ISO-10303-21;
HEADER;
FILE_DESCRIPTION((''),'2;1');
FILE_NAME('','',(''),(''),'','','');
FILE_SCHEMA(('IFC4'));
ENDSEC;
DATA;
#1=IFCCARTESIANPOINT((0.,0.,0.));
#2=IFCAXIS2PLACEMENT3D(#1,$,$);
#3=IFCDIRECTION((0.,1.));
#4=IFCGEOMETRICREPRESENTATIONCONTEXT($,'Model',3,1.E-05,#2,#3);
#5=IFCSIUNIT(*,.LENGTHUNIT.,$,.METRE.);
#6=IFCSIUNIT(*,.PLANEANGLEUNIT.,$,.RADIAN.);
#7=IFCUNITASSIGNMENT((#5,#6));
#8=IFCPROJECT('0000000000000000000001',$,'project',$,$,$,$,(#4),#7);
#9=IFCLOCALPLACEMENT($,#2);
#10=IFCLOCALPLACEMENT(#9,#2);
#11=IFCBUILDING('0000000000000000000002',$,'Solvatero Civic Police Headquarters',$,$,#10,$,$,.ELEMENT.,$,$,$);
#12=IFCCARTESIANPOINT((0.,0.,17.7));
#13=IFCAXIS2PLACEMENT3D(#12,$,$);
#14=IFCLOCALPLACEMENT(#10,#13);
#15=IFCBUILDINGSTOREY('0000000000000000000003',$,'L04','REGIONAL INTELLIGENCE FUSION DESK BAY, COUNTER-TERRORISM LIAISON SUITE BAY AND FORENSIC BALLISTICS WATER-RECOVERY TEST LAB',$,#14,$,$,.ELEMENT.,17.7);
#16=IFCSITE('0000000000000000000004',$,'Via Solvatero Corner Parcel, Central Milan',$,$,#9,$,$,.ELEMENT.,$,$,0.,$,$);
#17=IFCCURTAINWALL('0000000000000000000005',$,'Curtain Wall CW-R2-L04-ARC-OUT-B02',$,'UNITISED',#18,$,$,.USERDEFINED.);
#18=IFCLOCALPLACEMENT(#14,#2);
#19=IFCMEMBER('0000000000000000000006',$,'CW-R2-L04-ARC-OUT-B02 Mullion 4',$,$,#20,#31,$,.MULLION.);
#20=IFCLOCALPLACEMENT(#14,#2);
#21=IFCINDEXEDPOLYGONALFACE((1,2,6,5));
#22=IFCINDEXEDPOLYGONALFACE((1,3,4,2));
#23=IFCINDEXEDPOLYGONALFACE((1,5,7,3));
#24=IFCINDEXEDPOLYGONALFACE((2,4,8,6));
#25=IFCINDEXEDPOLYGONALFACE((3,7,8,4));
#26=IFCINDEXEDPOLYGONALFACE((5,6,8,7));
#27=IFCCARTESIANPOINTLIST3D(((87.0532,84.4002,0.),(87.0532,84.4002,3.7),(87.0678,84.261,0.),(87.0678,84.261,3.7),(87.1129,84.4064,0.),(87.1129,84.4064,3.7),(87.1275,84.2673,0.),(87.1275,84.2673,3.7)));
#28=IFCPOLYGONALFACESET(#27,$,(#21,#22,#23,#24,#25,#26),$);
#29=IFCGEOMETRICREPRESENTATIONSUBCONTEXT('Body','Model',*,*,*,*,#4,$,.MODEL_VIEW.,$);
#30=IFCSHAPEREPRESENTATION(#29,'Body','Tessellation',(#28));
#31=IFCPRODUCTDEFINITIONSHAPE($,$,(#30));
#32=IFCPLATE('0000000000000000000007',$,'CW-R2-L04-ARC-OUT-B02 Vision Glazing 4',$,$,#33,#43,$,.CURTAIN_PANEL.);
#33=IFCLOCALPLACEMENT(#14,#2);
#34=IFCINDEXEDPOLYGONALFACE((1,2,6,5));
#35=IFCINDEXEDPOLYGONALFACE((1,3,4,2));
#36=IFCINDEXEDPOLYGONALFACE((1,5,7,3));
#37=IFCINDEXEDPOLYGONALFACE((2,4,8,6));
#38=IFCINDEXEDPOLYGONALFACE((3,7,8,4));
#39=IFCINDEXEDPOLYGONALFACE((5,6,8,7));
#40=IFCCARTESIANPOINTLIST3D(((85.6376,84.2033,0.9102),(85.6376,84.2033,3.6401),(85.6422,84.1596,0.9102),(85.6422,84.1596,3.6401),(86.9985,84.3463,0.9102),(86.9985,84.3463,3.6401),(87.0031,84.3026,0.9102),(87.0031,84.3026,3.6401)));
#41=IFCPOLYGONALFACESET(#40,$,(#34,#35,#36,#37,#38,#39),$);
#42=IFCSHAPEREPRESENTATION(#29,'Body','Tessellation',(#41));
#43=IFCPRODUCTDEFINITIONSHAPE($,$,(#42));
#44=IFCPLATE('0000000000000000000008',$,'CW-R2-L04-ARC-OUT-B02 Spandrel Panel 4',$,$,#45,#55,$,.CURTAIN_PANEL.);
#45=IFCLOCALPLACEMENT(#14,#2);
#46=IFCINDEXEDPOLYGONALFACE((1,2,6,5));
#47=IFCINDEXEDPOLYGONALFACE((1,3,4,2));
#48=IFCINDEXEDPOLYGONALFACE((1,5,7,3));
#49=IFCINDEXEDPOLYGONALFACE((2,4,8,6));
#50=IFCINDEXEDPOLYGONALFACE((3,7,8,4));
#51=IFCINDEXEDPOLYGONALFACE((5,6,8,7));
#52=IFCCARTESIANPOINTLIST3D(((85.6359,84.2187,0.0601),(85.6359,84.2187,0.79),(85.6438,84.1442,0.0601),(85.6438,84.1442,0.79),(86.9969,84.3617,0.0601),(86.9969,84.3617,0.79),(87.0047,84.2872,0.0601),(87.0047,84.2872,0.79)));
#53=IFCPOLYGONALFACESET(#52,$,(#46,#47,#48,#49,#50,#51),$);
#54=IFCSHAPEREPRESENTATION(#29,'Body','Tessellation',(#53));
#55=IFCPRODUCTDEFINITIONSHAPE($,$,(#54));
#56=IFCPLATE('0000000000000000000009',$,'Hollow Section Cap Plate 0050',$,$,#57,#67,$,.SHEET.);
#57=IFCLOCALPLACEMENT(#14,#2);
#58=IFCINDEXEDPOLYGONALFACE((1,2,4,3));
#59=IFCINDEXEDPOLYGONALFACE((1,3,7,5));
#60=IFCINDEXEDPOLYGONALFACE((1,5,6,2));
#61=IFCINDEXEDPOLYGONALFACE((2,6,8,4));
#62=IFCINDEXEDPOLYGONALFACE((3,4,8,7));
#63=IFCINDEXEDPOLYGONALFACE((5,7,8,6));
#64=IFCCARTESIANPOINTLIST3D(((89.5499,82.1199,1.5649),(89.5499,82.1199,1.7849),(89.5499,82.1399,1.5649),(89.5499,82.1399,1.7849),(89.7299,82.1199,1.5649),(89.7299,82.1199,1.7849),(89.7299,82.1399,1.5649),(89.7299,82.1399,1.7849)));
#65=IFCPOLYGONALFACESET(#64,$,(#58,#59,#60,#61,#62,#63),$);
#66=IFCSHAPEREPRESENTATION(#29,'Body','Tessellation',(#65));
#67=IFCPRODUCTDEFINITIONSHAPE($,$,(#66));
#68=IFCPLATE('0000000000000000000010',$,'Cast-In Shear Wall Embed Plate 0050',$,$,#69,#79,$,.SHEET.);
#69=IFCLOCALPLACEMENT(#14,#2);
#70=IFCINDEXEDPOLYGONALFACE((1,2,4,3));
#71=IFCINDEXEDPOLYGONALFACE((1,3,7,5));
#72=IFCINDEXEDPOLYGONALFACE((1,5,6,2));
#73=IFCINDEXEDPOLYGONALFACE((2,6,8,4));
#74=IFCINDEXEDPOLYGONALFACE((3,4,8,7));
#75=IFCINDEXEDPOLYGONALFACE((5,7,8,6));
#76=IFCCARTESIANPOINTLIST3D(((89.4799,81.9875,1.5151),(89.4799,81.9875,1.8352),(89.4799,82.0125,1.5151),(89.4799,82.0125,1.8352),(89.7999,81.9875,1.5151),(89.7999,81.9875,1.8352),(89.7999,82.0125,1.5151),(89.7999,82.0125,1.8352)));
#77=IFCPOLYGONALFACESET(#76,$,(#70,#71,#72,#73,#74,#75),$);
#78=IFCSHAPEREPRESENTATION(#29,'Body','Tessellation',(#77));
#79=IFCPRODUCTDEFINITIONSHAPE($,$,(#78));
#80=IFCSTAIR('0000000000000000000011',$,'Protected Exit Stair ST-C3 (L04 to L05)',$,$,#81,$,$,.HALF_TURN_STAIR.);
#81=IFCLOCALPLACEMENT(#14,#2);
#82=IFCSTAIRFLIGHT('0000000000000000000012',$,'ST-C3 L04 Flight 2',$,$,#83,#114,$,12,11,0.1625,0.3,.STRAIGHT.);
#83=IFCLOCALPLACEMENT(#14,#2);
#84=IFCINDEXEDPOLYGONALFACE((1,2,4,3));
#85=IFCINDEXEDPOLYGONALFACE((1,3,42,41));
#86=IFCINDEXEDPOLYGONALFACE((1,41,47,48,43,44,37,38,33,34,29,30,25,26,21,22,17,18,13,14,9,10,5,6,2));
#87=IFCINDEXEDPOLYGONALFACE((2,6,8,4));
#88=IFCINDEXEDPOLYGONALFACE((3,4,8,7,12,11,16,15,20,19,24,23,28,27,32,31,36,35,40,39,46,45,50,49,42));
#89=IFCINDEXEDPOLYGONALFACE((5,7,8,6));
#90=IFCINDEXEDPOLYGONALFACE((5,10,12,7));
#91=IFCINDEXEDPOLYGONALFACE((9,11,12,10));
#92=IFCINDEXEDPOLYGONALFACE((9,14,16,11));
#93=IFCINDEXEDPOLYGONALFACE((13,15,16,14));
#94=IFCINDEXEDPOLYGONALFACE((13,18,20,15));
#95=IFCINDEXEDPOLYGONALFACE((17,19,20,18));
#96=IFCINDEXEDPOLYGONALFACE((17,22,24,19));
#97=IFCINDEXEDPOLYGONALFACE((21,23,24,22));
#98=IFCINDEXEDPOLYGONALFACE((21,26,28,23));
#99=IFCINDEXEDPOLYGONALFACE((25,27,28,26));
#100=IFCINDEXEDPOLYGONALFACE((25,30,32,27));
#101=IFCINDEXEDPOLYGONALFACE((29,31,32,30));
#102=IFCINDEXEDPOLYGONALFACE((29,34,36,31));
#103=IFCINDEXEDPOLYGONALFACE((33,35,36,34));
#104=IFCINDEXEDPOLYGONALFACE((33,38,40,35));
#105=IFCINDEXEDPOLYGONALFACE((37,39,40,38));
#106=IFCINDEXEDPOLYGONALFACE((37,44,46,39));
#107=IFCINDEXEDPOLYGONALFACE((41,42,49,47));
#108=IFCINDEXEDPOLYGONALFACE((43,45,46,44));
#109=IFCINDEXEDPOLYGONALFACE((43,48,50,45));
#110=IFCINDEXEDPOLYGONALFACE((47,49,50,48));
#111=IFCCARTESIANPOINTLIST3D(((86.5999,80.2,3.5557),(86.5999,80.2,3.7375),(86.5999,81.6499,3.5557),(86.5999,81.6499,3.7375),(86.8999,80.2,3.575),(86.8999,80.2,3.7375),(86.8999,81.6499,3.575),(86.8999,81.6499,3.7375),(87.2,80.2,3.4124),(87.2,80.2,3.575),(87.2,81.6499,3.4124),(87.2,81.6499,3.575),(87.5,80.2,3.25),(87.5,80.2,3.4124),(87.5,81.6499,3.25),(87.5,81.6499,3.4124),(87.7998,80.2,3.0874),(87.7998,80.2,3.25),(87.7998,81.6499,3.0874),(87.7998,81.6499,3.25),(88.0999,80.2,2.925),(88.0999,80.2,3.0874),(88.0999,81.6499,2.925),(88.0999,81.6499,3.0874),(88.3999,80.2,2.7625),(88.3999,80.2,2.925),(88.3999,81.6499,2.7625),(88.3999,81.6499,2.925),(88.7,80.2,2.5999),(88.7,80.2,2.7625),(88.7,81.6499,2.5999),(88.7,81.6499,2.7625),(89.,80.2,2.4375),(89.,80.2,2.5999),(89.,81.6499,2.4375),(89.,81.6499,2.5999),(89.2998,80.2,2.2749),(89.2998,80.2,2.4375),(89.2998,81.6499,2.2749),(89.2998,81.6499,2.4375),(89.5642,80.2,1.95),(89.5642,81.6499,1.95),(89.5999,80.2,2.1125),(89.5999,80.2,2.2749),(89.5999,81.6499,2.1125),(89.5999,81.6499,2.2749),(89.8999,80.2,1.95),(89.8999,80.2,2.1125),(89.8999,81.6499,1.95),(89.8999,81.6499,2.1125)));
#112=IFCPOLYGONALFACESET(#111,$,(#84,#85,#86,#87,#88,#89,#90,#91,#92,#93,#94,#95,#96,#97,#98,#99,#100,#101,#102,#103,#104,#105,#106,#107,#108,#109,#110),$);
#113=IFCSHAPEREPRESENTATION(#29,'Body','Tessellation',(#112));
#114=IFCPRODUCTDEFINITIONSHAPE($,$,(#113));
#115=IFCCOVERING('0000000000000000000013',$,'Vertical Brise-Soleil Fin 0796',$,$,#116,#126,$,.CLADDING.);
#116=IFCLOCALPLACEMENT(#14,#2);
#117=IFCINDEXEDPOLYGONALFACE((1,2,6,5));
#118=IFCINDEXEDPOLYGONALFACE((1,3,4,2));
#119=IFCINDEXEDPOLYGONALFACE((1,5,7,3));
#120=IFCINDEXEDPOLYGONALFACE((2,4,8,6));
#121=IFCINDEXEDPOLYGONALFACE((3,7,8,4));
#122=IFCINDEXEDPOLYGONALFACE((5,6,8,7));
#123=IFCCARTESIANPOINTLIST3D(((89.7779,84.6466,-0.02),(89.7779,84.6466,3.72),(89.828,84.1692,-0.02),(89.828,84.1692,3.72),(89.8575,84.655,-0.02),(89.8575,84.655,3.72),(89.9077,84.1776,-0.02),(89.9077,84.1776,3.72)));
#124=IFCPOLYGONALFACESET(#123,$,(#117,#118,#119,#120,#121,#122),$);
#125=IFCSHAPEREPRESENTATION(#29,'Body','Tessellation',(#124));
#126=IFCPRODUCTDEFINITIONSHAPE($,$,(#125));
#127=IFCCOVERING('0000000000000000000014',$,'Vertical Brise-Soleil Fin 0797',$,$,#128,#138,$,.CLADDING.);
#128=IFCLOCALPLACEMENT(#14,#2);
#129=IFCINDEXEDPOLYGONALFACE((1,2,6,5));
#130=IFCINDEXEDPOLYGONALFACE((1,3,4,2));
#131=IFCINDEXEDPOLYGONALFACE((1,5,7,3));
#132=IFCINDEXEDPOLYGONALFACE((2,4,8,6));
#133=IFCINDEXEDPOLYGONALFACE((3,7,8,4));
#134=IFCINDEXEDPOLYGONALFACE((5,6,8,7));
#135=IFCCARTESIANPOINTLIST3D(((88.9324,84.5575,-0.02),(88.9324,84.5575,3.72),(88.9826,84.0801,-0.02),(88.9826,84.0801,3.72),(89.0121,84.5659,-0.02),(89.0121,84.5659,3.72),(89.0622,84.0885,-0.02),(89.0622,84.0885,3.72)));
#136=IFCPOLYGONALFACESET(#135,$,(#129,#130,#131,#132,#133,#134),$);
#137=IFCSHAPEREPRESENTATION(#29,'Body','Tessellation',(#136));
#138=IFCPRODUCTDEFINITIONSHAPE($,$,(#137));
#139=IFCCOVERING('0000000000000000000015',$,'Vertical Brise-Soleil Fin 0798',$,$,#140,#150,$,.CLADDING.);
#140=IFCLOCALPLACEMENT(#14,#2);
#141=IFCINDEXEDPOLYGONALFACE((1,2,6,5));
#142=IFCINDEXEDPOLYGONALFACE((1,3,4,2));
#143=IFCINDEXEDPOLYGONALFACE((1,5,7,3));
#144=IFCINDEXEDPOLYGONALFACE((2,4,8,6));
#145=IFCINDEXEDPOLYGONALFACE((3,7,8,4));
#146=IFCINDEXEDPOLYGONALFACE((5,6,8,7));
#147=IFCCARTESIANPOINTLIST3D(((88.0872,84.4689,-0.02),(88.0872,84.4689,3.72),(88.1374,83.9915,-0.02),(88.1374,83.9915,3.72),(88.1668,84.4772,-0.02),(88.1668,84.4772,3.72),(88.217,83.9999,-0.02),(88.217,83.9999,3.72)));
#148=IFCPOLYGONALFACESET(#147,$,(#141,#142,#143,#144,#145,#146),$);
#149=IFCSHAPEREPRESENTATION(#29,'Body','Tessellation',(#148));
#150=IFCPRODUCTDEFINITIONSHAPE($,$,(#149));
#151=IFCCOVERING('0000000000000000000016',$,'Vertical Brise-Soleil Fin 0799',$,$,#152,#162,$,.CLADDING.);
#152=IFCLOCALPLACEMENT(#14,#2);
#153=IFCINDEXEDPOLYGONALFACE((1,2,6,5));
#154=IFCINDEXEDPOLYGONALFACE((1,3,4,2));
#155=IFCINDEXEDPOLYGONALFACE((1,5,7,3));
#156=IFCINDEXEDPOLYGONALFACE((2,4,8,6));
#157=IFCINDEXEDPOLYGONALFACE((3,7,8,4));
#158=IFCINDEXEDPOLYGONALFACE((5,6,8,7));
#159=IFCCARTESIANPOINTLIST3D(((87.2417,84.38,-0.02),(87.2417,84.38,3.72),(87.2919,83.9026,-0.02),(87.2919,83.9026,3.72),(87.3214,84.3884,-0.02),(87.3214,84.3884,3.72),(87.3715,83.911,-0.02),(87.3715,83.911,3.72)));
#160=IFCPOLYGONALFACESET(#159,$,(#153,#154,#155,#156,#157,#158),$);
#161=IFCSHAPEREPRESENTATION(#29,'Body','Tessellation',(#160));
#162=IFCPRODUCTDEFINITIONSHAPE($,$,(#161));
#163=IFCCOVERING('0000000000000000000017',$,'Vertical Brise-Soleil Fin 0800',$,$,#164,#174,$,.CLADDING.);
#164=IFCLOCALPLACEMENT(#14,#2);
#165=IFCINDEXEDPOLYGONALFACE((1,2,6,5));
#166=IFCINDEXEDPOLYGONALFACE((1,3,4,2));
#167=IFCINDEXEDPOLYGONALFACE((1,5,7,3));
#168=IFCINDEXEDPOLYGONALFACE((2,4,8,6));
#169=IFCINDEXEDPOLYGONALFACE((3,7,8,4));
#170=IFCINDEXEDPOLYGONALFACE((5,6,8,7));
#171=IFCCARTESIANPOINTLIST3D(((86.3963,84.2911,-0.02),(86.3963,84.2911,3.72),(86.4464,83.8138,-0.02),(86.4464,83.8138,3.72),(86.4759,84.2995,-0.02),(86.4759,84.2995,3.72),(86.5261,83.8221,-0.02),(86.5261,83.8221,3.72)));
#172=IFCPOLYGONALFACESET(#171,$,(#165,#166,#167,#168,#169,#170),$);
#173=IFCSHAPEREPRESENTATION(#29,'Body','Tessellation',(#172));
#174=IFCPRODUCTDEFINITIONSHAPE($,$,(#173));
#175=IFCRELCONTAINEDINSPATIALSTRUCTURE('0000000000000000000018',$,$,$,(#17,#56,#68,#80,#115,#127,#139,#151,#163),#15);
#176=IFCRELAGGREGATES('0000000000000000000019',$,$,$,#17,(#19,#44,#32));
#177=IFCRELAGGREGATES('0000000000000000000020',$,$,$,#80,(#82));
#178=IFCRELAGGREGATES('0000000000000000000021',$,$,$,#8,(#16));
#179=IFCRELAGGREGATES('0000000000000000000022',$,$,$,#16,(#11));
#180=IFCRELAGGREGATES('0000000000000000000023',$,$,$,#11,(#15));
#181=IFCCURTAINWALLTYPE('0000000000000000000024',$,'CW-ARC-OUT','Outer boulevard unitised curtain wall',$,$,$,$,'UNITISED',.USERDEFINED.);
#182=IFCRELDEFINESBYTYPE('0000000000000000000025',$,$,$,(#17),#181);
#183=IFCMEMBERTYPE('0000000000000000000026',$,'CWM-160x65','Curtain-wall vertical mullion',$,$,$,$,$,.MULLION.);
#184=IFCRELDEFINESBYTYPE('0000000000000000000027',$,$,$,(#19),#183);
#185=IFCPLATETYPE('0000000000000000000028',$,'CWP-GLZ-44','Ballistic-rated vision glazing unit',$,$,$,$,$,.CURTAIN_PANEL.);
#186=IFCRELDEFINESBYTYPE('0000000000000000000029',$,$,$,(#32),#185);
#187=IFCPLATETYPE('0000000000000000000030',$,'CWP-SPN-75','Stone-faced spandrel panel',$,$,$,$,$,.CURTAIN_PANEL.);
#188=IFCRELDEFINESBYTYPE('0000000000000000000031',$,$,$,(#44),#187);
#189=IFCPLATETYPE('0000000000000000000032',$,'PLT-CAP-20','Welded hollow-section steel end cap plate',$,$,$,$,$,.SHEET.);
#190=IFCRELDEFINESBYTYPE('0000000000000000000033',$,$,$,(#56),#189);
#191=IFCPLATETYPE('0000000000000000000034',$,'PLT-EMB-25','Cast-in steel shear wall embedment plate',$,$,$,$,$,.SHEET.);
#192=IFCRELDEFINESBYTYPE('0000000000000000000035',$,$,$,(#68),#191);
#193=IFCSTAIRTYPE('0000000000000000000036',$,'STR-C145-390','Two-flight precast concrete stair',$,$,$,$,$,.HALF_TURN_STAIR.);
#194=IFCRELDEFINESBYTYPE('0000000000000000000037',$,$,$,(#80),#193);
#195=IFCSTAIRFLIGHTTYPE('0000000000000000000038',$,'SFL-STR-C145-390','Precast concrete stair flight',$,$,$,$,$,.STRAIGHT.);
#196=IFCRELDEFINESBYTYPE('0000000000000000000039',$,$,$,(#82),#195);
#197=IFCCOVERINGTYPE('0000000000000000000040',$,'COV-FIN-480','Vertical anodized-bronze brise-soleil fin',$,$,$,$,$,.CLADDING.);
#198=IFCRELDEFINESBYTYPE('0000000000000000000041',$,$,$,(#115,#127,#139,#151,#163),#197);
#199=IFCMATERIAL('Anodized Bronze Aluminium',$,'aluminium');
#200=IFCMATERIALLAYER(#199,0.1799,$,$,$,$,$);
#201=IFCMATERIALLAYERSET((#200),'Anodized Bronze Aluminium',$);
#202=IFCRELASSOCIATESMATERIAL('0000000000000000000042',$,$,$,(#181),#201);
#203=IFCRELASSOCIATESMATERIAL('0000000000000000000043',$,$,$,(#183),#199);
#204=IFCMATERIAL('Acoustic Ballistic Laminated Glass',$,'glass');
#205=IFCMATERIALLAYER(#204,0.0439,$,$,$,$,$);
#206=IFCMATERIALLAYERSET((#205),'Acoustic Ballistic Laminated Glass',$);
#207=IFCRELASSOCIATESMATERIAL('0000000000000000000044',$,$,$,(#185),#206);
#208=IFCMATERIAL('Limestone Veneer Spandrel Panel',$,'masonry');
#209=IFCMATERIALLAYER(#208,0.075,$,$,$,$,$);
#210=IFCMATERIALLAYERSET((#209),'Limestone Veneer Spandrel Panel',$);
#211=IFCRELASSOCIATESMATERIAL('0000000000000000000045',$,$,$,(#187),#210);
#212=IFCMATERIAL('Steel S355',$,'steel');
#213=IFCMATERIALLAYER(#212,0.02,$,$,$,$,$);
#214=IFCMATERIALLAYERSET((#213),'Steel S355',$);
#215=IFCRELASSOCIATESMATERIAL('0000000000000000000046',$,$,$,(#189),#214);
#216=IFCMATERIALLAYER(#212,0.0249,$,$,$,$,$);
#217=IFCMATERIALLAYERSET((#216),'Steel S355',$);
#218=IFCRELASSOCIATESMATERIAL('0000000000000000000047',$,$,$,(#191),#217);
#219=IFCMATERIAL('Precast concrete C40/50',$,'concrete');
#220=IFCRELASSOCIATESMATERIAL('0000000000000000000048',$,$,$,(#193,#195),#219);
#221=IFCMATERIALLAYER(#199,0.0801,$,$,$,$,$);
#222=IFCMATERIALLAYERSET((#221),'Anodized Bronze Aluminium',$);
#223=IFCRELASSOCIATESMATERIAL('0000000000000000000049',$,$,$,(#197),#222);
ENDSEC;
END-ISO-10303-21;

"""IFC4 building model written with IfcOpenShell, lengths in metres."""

from ifc_helpers import new_model, si_unit, direction, frame, origin, origin_2d, place, context, subcontext, project, spatial, polyline, rectangle, outline, extrude, material, layer, layer_set, material_profile, profile_set, type_object, element, aggregate, save


model = new_model("IFC4")

# Units and contexts
model_context = context("Model", 3, precision=1e-05, world=origin(), true_north=direction((0.0, 1.0)))
body_context = subcontext(model_context, "Body", "Model", "MODEL_VIEW")
ifc_project = project(units=[si_unit("LENGTHUNIT", "METRE"), si_unit("PLANEANGLEUNIT", "RADIAN")], contexts=[model_context])

# Site, building, storey
site_placement = place(None, origin())
site = spatial("IfcSite", under=ifc_project, at=site_placement, Name="Via Solvatero Corner Parcel, Central Milan", CompositionType="ELEMENT", RefElevation=0.0)
building_placement = place(site_placement, origin())
building = spatial("IfcBuilding", under=site, at=building_placement, Name="Solvatero Civic Police Headquarters", CompositionType="ELEMENT")
storey_placement = place(building_placement, frame((0.0, 0.0, 17.7)))
storey = spatial("IfcBuildingStorey", under=building, at=storey_placement, Name="L04", Description="REGIONAL INTELLIGENCE FUSION DESK BAY, COUNTER-TERRORISM LIAISON SUITE BAY AND FORENSIC BALLISTICS WATER-RECOVERY TEST LAB", CompositionType="ELEMENT", Elevation=17.7)

# Curtain wall, member, plates
ifc_material_1 = material(Name="Anodized Bronze Aluminium", Category="aluminium")
ifc_layer_1 = layer(ifc_material_1, 0.1799)
ifc_layer_set_1 = layer_set([ifc_layer_1], Name="Anodized Bronze Aluminium")
curtain_wall_type = type_object("IfcCurtainWallType", Name="CW-ARC-OUT", Description="Outer boulevard unitised curtain wall", ElementType="UNITISED", PredefinedType="USERDEFINED", material=ifc_layer_set_1)
curtain_wall_placement = place(storey_placement, origin())
curtain_wall = element("IfcCurtainWall", 1, at=curtain_wall_placement, inside=storey, type_object=curtain_wall_type, Name="Curtain Wall CW-R2-L04-ARC-OUT-B02", ObjectType="UNITISED", PredefinedType="USERDEFINED")
ifc_material_profile = material_profile(ifc_material_1, rectangle(XDim=0.0601, YDim=0.1399, at=origin_2d()), Name="ALU MULLION 60x140")
ifc_profile_set = profile_set([ifc_material_profile], Name="Anodized Bronze Aluminium")
member_type = type_object("IfcMemberType", Name="CWM-160x65", Description="Curtain-wall vertical mullion", PredefinedType="MULLION", material=ifc_profile_set)
member_placement = place(storey_placement, frame((87.0903, 84.3337, 0.0), z_axis=(0.0, 0.0, 1.0), x_axis=(-0.994524, -0.104511, 0.0)))
member = element("IfcMember", 2, at=member_placement, type_object=member_type, Name="CW-R2-L04-ARC-OUT-B02 Mullion 4", PredefinedType="MULLION", context=body_context, shape_type="SweptSolid", body=[
    extrude(rectangle(XDim=0.0601, YDim=0.1399, at=origin_2d()), origin(), (0.0, 0.0, 1.0), 3.7),
])
ifc_material_2 = material(Name="Acoustic Ballistic Laminated Glass", Category="glass")
ifc_layer_2 = layer(ifc_material_2, 0.0439)
ifc_layer_set_2 = layer_set([ifc_layer_2], Name="Acoustic Ballistic Laminated Glass")
plate_type_1 = type_object("IfcPlateType", Name="CWP-GLZ-44", Description="Ballistic-rated vision glazing unit", PredefinedType="CURTAIN_PANEL", material=ifc_layer_set_2)
plate_1_placement = place(storey_placement, frame((86.3203, 84.2529, 0.9102), z_axis=(0.0, 0.0, 1.0), x_axis=(-0.994524, -0.104511, 0.0)))
plate_1 = element("IfcPlate", 3, at=plate_1_placement, type_object=plate_type_1, Name="CW-R2-L04-ARC-OUT-B02 Vision Glazing 4", PredefinedType="CURTAIN_PANEL", context=body_context, shape_type="SweptSolid", body=[
    extrude(rectangle(XDim=1.3684, YDim=0.0439, at=origin_2d()), origin(), (0.0, 0.0, 1.0), 2.73),
])
ifc_material_3 = material(Name="Limestone Veneer Spandrel Panel", Category="masonry")
ifc_layer_3 = layer(ifc_material_3, 0.075)
ifc_layer_set_3 = layer_set([ifc_layer_3], Name="Limestone Veneer Spandrel Panel")
plate_type_2 = type_object("IfcPlateType", Name="CWP-SPN-75", Description="Stone-faced spandrel panel", PredefinedType="CURTAIN_PANEL", material=ifc_layer_set_3)
plate_2_placement = place(storey_placement, frame((86.3203, 84.2529, 0.0601), z_axis=(0.0, 0.0, 1.0), x_axis=(-0.994524, -0.104511, 0.0)))
plate_2 = element("IfcPlate", 4, at=plate_2_placement, type_object=plate_type_2, Name="CW-R2-L04-ARC-OUT-B02 Spandrel Panel 4", PredefinedType="CURTAIN_PANEL", context=body_context, shape_type="SweptSolid", body=[
    extrude(rectangle(XDim=1.3684, YDim=0.075, at=origin_2d()), origin(), (0.0, 0.0, 1.0), 0.73),
])
aggregate(curtain_wall, [member, plate_2, plate_1])

# Plates
ifc_material_4 = material(Name="Steel S355", Category="steel")
ifc_layer_4 = layer(ifc_material_4, 0.02)
ifc_layer_set_4 = layer_set([ifc_layer_4], Name="Steel S355")
plate_type_3 = type_object("IfcPlateType", Name="PLT-CAP-20", Description="Welded hollow-section steel end cap plate", PredefinedType="SHEET", material=ifc_layer_set_4)
plate_3_placement = place(storey_placement, frame((89.6399, 82.1299, 1.5649), z_axis=(0.0, 0.0, 1.0), x_axis=(1.0, 0.0, 0.0)))
element("IfcPlate", 5, at=plate_3_placement, inside=storey, type_object=plate_type_3, Name="Hollow Section Cap Plate 0050", PredefinedType="SHEET", context=body_context, shape_type="SweptSolid", body=[
    extrude(rectangle(XDim=0.1799, YDim=0.02, at=origin_2d()), origin(), (0.0, 0.0, 1.0), 0.22),
])
ifc_layer_5 = layer(ifc_material_4, 0.0249)
ifc_layer_set_5 = layer_set([ifc_layer_5], Name="Steel S355")
plate_type_4 = type_object("IfcPlateType", Name="PLT-EMB-25", Description="Cast-in steel shear wall embedment plate", PredefinedType="SHEET", material=ifc_layer_set_5)
plate_4_placement = place(storey_placement, frame((89.6399, 82.0, 1.5151), z_axis=(0.0, 0.0, 1.0), x_axis=(1.0, 0.0, 0.0)))
element("IfcPlate", 6, at=plate_4_placement, inside=storey, type_object=plate_type_4, Name="Cast-In Shear Wall Embed Plate 0050", PredefinedType="SHEET", context=body_context, shape_type="SweptSolid", body=[
    extrude(rectangle(XDim=0.3201, YDim=0.0249, at=origin_2d()), origin(), (0.0, 0.0, 1.0), 0.3201),
])

# Stair, stair flight
ifc_material_5 = material(Name="Precast concrete C40/50", Category="concrete")
stair_type = type_object("IfcStairType", Name="STR-C145-390", Description="Two-flight precast concrete stair", PredefinedType="HALF_TURN_STAIR", material=ifc_material_5)
stair_placement = place(storey_placement, origin())
stair = element("IfcStair", 7, at=stair_placement, inside=storey, type_object=stair_type, Name="Protected Exit Stair ST-C3 (L04 to L05)", PredefinedType="HALF_TURN_STAIR")
stair_flight_type = type_object("IfcStairFlightType", Name="SFL-STR-C145-390", Description="Precast concrete stair flight", PredefinedType="STRAIGHT", material=ifc_material_5)
stair_flight_placement = place(storey_placement, frame((89.8999, 80.925, 1.95), z_axis=(0.0, 0.0, 1.0), x_axis=(-1.0, 0.0, 0.0)))
stair_flight = element("IfcStairFlight", 8, at=stair_flight_placement, type_object=stair_flight_type, Name="ST-C3 L04 Flight 2", NumberOfRisers=12, NumberOfTreads=11, PredefinedType="STRAIGHT", RiserHeight=0.1625, TreadLength=0.3, context=body_context, shape_type="SweptSolid", body=[
    extrude(outline(polyline([(0.0, 0.0), (0.0, 0.1626), (0.3, 0.1626), (0.3, 0.325), (0.6001, 0.325), (0.6001, 0.4875), (0.8999, 0.4875), (0.8999, 0.6499), (1.2, 0.6499), (1.2, 0.8125), (1.5, 0.8125), (1.5, 0.9751), (1.8, 0.9751), (1.8, 1.1375), (2.1001, 1.1375), (2.1001, 1.3), (2.3999, 1.3), (2.3999, 1.4624), (2.7, 1.4624), (2.7, 1.625), (3.0, 1.625), (3.0, 1.7876), (3.3, 1.7876), (3.3, 1.95), (3.3, 1.6057), (0.3357, 0.0), (0.0, 0.0)])), frame((0.0, 0.7251, 0.0), z_axis=(0.0, -1.0, 0.0), x_axis=(1.0, 0.0, 0.0)), (0.0, 0.0, 1.0), 1.45),
])
aggregate(stair, [stair_flight])

# Coverings
ifc_layer_6 = layer(ifc_material_1, 0.0801)
ifc_layer_set_6 = layer_set([ifc_layer_6], Name="Anodized Bronze Aluminium")
covering_type = type_object("IfcCoveringType", Name="COV-FIN-480", Description="Vertical anodized-bronze brise-soleil fin", PredefinedType="CLADDING", material=ifc_layer_set_6)
for number, where, z_axis, x_axis, name in (
    (9, (89.8428, 84.4121, -0.02), (0.0, 0.0, 1.0), (-0.994524, -0.104511, 0.0), "Vertical Brise-Soleil Fin 0796"),
    (10, (88.9973, 84.323, -0.02), (0.0, 0.0, 1.0), (-0.994524, -0.104511, 0.0), "Vertical Brise-Soleil Fin 0797"),
    (11, (88.1521, 84.2344, -0.02), (0.0, 0.0, 1.0), (-0.994524, -0.104511, 0.0), "Vertical Brise-Soleil Fin 0798"),
    (12, (87.3066, 84.1455, -0.02), (0.0, 0.0, 1.0), (-0.994524, -0.104511, 0.0), "Vertical Brise-Soleil Fin 0799"),
    (13, (86.4612, 84.0566, -0.02), (0.0, 0.0, 1.0), (-0.994524, -0.104511, 0.0), "Vertical Brise-Soleil Fin 0800"),
):
    element("IfcCovering", number, at=place(storey_placement, frame(where, z_axis=z_axis, x_axis=x_axis)), inside=storey, type_object=covering_type, Name=name, PredefinedType="CLADDING", context=body_context, shape_type="SweptSolid", body=[
        extrude(rectangle(XDim=0.0801, YDim=0.48, at=origin_2d()), origin(), (0.0, 0.0, 1.0), 3.74),
    ])

save(model, "model.ifc")
